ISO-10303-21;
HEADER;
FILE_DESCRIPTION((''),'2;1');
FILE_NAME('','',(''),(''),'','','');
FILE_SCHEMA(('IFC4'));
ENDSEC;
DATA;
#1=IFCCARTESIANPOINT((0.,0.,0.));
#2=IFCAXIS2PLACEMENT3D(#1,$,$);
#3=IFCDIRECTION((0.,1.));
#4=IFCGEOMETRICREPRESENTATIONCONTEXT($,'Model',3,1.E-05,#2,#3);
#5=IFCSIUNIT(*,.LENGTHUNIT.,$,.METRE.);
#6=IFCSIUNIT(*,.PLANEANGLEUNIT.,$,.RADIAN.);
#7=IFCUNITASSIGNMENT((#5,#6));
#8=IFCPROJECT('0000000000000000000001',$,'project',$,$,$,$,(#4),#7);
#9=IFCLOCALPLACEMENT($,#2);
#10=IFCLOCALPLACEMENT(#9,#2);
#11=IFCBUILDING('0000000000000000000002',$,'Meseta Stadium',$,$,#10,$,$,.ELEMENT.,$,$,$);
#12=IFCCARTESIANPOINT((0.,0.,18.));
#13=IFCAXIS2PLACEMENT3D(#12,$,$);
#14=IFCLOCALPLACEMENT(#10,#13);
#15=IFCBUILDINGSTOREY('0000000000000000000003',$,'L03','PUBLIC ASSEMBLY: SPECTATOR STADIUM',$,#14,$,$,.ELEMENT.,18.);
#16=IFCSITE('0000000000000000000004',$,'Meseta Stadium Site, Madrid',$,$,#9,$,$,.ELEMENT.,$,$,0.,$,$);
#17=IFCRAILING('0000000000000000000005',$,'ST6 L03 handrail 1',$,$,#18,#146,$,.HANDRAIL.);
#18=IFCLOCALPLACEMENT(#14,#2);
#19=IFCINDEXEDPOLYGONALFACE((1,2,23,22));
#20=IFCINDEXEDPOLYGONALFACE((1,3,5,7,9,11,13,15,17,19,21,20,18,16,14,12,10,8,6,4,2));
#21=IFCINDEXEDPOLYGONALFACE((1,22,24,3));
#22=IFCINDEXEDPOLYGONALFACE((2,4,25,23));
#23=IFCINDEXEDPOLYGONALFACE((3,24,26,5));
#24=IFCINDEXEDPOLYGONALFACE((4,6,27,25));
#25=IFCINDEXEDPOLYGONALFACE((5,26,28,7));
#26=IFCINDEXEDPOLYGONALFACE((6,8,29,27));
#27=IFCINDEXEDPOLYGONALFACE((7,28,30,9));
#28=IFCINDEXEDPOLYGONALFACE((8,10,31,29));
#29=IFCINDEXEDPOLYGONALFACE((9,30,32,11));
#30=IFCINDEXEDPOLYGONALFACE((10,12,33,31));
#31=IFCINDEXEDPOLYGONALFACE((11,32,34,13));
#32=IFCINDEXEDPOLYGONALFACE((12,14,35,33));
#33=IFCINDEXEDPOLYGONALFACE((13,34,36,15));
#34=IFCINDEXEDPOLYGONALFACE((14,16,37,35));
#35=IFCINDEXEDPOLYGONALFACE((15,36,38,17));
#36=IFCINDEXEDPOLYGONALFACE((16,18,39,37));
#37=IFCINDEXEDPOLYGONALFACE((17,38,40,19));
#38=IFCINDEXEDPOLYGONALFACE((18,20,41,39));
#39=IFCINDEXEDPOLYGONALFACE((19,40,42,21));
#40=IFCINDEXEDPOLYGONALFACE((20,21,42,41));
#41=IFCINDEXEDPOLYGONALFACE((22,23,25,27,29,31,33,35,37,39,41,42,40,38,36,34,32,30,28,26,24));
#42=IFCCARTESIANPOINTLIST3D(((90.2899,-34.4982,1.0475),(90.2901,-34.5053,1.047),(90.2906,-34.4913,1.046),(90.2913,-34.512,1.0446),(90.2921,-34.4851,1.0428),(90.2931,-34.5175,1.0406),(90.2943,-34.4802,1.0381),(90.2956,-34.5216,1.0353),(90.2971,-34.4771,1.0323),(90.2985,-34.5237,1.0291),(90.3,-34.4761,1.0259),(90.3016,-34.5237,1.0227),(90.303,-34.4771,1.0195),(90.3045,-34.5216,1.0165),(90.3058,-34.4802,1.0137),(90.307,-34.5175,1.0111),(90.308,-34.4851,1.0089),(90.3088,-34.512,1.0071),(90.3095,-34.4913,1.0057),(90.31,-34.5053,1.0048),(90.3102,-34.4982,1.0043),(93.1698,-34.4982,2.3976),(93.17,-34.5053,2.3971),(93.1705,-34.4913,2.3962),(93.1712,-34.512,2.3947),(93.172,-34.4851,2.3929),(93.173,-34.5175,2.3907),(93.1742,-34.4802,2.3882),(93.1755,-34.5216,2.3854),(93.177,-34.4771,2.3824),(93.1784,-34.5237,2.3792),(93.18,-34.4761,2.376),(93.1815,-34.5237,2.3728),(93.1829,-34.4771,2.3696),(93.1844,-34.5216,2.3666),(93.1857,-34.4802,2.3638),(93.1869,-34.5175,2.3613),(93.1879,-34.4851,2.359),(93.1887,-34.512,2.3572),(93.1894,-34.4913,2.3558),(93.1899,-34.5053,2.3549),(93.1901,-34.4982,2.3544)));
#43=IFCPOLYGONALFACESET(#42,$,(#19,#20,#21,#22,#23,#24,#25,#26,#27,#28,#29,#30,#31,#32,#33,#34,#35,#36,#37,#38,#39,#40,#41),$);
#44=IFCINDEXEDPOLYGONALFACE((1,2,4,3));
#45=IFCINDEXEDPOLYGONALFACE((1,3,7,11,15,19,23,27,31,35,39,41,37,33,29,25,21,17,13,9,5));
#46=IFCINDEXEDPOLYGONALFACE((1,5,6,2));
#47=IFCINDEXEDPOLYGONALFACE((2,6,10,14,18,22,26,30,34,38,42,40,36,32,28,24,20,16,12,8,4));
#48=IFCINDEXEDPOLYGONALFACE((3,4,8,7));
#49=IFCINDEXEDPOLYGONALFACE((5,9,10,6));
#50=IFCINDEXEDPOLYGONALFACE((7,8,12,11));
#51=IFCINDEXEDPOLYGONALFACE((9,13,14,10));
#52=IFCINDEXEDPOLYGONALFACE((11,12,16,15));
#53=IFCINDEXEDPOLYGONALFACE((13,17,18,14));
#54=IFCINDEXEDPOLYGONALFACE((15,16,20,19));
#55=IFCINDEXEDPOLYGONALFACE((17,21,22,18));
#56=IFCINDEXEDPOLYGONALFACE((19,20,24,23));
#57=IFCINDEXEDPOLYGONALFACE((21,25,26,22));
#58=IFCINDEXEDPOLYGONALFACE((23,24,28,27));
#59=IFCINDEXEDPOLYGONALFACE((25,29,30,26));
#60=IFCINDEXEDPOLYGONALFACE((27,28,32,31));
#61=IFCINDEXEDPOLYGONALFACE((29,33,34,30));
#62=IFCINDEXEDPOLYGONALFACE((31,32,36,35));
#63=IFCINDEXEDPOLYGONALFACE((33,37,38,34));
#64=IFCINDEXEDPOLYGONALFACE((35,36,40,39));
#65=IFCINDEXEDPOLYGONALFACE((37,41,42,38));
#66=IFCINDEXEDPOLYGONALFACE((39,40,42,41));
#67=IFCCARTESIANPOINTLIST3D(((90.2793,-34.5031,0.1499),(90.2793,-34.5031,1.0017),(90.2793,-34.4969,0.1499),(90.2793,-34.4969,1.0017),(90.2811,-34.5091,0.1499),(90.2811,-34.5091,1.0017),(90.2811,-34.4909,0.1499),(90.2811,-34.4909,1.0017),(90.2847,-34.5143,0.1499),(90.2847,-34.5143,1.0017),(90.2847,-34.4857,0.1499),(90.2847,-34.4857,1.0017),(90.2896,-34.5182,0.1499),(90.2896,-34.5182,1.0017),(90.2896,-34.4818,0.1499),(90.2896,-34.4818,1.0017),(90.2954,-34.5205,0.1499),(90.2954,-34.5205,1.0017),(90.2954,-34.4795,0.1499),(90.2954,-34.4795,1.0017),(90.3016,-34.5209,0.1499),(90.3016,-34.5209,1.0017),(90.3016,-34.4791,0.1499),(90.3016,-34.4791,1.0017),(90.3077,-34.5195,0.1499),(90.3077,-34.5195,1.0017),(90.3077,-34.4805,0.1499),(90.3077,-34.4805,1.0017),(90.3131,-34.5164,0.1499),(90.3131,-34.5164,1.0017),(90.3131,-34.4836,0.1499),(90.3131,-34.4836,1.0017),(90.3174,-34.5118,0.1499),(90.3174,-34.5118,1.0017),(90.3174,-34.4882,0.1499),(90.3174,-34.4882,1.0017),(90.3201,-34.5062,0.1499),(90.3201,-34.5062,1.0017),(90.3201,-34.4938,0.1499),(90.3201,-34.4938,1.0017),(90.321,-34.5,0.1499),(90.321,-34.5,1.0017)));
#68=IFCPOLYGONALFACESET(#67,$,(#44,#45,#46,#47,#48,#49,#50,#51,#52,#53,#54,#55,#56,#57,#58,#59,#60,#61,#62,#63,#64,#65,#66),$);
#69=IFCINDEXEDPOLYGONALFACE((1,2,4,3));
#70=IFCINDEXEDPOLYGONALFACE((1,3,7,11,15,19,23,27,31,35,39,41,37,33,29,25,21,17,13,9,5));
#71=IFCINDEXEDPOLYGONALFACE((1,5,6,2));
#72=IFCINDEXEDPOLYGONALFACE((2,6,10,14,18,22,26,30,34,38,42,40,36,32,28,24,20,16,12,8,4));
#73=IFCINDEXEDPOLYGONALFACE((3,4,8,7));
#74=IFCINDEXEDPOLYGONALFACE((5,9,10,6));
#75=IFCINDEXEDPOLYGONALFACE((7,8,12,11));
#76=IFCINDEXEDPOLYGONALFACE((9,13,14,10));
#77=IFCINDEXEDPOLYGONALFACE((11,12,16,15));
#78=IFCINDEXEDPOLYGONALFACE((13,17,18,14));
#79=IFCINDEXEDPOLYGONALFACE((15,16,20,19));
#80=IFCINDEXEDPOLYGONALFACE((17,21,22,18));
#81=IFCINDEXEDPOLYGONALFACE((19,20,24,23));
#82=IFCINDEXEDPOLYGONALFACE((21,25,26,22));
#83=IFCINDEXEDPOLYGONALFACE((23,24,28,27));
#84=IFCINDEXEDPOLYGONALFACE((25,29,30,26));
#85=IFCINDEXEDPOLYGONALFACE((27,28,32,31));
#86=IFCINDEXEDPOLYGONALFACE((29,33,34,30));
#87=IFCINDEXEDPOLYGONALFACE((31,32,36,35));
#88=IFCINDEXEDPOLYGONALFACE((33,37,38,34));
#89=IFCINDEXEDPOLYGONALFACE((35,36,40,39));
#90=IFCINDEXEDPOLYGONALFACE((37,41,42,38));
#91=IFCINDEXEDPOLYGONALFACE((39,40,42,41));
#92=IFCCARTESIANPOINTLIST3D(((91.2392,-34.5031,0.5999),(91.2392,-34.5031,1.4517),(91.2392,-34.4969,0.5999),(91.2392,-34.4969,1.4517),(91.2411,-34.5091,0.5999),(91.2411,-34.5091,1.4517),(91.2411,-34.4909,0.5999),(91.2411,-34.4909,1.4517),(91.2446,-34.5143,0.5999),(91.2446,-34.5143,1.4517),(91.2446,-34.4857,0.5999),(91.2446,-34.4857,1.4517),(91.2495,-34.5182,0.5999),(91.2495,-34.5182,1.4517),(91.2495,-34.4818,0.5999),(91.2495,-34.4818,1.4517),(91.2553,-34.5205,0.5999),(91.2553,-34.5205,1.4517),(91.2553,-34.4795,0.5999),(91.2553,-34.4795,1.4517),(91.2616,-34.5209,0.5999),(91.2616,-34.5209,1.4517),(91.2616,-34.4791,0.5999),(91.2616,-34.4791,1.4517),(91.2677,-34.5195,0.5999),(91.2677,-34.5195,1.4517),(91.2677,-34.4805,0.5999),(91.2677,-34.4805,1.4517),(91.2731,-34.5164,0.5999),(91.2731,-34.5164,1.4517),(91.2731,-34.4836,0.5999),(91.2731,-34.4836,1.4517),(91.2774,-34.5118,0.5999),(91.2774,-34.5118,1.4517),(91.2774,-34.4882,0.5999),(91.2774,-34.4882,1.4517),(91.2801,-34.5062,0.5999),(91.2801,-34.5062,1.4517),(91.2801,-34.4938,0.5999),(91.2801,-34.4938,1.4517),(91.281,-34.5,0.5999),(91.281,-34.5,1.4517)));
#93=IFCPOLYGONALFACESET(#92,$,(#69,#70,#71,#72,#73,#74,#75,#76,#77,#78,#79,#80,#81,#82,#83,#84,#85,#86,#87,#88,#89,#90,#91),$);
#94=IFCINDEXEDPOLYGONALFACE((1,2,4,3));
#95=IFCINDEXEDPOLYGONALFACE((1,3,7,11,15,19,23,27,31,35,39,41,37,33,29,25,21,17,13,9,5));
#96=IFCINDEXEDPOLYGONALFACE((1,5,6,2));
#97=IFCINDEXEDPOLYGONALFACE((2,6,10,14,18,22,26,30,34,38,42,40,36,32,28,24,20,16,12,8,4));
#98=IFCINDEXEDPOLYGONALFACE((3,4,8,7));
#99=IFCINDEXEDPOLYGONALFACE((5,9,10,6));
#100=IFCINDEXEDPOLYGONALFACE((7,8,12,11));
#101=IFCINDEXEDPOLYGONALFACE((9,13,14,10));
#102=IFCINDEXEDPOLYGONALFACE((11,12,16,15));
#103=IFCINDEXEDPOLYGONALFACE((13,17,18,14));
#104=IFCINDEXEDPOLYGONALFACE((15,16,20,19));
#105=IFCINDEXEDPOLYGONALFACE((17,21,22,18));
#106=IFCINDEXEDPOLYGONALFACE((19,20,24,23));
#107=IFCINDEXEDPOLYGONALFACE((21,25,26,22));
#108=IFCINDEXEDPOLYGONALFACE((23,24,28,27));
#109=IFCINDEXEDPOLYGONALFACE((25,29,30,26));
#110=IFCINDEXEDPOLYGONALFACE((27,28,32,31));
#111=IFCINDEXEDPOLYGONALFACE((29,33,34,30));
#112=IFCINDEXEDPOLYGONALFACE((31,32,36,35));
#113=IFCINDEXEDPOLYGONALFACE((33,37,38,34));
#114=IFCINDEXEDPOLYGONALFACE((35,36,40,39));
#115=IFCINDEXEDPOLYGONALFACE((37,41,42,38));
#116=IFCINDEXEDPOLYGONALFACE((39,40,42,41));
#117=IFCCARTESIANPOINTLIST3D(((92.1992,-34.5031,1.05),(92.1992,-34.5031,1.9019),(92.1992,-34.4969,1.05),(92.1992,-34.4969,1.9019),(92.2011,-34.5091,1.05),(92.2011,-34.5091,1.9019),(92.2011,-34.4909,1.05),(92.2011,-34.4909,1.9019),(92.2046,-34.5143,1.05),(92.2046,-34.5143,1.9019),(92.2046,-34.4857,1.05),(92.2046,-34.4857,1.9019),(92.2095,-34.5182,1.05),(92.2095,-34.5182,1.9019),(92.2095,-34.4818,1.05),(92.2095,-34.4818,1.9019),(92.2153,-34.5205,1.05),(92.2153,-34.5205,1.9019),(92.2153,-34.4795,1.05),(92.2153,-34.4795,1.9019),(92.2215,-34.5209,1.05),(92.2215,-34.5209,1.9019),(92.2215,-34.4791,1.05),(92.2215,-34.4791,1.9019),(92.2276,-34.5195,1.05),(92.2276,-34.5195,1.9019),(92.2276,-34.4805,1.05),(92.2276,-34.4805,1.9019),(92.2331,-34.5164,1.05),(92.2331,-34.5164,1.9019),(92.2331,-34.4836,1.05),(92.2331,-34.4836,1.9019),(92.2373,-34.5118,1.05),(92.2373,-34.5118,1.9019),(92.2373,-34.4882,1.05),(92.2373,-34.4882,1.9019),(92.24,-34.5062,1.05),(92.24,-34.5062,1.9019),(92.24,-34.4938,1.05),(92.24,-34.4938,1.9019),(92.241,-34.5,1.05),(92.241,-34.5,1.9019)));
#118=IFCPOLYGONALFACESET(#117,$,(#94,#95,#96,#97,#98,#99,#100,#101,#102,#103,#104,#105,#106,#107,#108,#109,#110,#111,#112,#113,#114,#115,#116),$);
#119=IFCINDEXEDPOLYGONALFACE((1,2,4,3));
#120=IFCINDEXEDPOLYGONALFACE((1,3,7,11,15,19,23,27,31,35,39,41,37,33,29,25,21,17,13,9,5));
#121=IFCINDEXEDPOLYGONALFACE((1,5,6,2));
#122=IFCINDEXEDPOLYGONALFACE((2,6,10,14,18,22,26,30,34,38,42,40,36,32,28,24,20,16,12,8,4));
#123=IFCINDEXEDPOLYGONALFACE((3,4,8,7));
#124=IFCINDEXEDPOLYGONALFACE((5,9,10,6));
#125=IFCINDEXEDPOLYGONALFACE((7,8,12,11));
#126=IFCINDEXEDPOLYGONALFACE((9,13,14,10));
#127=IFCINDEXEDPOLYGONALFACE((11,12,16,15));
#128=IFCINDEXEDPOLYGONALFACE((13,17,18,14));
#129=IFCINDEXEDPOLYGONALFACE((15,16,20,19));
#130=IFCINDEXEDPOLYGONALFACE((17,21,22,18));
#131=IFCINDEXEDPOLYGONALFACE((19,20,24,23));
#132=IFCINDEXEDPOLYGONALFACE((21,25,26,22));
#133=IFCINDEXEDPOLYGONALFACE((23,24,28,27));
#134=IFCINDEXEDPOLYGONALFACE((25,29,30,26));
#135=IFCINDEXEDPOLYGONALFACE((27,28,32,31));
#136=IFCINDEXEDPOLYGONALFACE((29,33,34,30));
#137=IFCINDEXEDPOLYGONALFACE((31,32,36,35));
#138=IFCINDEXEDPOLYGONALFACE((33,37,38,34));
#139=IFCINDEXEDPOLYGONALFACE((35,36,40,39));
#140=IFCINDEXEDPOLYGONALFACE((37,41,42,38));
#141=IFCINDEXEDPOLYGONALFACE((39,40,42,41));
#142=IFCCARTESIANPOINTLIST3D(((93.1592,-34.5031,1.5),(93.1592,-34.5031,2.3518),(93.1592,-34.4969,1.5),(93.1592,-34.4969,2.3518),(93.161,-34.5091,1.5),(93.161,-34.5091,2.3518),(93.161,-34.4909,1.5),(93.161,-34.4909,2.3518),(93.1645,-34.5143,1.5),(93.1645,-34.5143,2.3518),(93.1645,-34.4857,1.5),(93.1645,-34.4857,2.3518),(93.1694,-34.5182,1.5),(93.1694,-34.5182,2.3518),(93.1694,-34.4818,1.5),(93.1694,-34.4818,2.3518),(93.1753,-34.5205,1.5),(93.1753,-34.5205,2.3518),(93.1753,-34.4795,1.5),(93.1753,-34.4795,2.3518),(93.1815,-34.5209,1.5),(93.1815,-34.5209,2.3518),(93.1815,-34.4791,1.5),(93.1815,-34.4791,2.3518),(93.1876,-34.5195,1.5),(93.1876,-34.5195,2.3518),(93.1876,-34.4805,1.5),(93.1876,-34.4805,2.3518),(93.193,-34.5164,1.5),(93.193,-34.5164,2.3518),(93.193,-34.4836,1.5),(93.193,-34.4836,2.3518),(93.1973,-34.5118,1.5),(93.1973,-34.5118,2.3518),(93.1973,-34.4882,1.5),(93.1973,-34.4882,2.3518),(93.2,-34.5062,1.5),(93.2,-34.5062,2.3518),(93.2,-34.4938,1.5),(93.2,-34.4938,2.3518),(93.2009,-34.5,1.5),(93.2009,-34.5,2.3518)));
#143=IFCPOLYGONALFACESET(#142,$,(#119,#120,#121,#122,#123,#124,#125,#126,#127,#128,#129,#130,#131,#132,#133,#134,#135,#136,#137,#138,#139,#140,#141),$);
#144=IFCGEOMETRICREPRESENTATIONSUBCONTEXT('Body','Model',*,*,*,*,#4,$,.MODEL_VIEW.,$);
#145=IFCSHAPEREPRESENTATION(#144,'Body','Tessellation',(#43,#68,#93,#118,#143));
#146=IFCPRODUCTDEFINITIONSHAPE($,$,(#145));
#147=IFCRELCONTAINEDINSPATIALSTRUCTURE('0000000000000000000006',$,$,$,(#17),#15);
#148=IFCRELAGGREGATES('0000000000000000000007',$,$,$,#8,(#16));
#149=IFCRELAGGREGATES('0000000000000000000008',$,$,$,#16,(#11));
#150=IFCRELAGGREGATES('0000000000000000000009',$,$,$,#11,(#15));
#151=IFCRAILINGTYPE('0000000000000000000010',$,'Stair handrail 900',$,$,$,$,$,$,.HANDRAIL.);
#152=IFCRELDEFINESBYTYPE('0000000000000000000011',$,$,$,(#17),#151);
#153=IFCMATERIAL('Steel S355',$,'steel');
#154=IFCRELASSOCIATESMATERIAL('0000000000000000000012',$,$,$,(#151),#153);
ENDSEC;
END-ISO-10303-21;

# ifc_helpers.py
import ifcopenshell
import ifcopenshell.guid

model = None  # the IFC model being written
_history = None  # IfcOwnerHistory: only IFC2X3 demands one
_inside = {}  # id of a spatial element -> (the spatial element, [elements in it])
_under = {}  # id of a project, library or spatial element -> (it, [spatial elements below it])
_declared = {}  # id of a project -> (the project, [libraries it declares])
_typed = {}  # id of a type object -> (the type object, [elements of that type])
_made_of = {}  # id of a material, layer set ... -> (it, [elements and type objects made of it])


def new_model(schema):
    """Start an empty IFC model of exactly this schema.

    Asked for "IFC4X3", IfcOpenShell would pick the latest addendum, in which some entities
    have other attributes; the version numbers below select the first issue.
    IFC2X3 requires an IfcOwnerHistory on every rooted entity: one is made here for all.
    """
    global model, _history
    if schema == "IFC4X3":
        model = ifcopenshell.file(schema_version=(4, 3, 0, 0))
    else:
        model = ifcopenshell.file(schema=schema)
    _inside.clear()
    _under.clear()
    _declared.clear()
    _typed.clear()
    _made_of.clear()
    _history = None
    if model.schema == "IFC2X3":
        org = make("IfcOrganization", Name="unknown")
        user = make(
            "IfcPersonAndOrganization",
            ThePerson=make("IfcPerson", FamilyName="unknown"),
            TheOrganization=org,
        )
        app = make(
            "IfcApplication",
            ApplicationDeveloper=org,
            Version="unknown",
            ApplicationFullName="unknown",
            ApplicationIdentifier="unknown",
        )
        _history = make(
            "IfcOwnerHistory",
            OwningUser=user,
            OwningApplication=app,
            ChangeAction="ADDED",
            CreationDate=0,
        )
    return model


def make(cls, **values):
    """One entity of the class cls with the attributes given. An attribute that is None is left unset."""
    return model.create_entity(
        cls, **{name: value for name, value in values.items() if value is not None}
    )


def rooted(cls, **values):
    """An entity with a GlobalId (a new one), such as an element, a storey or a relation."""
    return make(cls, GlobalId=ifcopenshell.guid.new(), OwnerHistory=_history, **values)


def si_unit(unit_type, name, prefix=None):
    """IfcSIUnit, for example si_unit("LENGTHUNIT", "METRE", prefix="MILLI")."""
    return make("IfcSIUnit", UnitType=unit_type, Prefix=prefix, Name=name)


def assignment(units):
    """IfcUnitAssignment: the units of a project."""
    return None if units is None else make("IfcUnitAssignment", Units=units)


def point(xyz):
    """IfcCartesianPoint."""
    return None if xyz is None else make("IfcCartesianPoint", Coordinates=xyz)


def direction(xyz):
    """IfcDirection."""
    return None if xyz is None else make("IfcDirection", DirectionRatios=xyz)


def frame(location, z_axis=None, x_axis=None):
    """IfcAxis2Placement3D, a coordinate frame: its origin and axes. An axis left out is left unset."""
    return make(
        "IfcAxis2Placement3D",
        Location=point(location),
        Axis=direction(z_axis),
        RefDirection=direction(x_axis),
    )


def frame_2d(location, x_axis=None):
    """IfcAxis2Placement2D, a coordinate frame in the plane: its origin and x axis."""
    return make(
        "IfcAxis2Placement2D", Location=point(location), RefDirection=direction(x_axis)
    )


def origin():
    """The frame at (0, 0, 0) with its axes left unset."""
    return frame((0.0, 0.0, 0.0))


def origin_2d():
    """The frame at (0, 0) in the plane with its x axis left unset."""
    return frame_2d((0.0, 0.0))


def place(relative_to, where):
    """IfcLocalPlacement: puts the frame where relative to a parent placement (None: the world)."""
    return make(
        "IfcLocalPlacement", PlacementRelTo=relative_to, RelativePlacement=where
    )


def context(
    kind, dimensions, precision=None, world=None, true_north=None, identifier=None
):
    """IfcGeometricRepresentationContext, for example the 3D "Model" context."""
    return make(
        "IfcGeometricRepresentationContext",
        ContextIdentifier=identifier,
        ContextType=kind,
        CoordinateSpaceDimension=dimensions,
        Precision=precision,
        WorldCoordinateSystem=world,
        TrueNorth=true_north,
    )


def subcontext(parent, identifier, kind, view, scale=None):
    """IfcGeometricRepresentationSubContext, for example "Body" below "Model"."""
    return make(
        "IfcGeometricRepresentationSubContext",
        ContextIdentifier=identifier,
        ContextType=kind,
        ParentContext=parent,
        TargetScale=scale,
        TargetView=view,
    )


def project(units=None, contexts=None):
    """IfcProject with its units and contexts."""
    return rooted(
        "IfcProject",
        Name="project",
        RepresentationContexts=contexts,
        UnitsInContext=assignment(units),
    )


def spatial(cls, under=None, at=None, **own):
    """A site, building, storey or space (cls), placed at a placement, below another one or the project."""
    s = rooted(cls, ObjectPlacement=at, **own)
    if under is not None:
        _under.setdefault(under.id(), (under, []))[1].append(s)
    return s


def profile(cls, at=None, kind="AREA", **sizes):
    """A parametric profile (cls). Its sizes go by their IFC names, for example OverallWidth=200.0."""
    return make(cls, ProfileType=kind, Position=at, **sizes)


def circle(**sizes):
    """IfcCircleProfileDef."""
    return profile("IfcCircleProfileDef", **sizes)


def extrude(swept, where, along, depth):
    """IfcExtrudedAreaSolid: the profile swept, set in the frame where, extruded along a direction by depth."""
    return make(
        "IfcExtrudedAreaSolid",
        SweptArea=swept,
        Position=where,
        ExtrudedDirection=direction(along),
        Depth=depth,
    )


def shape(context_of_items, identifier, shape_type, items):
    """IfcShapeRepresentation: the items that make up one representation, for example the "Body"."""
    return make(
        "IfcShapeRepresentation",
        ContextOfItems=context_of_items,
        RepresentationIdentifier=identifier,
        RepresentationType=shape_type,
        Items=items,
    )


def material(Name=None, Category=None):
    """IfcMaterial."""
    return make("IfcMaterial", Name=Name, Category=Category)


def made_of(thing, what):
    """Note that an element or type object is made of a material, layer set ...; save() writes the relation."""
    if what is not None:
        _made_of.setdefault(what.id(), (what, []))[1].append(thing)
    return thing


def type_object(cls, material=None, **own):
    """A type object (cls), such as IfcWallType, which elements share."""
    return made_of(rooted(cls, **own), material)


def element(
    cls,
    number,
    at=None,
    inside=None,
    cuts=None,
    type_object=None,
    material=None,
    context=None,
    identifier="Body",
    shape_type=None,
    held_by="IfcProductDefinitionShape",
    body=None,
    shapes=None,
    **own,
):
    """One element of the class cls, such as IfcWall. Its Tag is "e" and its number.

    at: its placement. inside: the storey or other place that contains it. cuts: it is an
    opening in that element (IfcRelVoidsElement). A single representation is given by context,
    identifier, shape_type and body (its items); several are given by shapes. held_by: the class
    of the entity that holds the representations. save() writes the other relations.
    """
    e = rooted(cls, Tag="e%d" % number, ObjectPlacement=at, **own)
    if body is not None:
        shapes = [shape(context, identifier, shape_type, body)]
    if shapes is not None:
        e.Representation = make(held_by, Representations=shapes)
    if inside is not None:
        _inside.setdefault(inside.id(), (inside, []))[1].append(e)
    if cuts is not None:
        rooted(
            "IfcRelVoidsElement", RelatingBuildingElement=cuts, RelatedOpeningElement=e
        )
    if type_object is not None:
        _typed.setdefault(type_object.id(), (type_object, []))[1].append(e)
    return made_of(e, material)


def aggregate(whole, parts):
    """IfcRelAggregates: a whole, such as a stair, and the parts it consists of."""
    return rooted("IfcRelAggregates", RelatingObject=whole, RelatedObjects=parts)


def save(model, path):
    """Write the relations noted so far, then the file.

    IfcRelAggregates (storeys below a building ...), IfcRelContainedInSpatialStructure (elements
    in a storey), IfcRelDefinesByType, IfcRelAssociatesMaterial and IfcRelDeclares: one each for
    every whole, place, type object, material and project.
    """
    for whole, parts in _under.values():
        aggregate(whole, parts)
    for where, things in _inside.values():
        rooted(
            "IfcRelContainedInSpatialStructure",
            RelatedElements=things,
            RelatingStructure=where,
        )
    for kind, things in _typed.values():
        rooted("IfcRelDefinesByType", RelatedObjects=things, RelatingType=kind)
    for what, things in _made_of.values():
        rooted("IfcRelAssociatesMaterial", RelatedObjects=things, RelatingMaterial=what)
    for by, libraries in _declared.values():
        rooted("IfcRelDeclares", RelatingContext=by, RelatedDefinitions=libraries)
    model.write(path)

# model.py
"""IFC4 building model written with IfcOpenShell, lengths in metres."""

from ifc_helpers import new_model, si_unit, direction, frame, origin, origin_2d, place, context, subcontext, project, spatial, circle, extrude, material, type_object, element, save


model = new_model("IFC4")

# Units and contexts
model_context = context("Model", 3, precision=1e-05, world=origin(), true_north=direction((0.0, 1.0)))
body_context = subcontext(model_context, "Body", "Model", "MODEL_VIEW")
ifc_project = project(units=[si_unit("LENGTHUNIT", "METRE"), si_unit("PLANEANGLEUNIT", "RADIAN")], contexts=[model_context])

# Site, building, storey
site_placement = place(None, origin())
site = spatial("IfcSite", under=ifc_project, at=site_placement, Name="Meseta Stadium Site, Madrid", CompositionType="ELEMENT", RefElevation=0.0)
building_placement = place(site_placement, origin())
building = spatial("IfcBuilding", under=site, at=building_placement, Name="Meseta Stadium", CompositionType="ELEMENT")
storey_placement = place(building_placement, frame((0.0, 0.0, 18.0)))
storey = spatial("IfcBuildingStorey", under=building, at=storey_placement, Name="L03", Description="PUBLIC ASSEMBLY: SPECTATOR STADIUM", CompositionType="ELEMENT", Elevation=18.0)

# Railing
ifc_material_1 = material(Name="Steel S355", Category="steel")
railing_type_1 = type_object("IfcRailingType", Name="Stair handrail 900", PredefinedType="HANDRAIL", material=ifc_material_1)
for number, where, name in (
    (1, (90.3, -34.5, 0.1499), "ST6 L03 handrail 1"),
):
    element("IfcRailing", number, at=place(storey_placement, frame(where)), inside=storey, type_object=railing_type_1, Name=name, PredefinedType="HANDRAIL", context=body_context, shape_type="SweptSolid", body=[
        extrude(circle(Radius=0.0239, at=origin_2d()), frame((0.0, 0.0, 0.876), z_axis=(0.90544, 0.0, 0.424473), x_axis=(0.0, 1.0, 0.0)), (0.0, 0.0, 1.0), 3.1807),
        extrude(circle(Radius=0.021, at=origin_2d()), origin(), (0.0, 0.0, 1.0), 0.8518),
        extrude(circle(Radius=0.021, at=origin_2d()), frame((0.96, 0.0, 0.45)), (0.0, 0.0, 1.0), 0.8518),
        extrude(circle(Radius=0.021, at=origin_2d()), frame((1.9199, 0.0, 0.9001)), (0.0, 0.0, 1.0), 0.8518),
        extrude(circle(Radius=0.021, at=origin_2d()), frame((2.8799, 0.0, 1.3501)), (0.0, 0.0, 1.0), 0.8518),
    ])

save(model, "model.ifc")
